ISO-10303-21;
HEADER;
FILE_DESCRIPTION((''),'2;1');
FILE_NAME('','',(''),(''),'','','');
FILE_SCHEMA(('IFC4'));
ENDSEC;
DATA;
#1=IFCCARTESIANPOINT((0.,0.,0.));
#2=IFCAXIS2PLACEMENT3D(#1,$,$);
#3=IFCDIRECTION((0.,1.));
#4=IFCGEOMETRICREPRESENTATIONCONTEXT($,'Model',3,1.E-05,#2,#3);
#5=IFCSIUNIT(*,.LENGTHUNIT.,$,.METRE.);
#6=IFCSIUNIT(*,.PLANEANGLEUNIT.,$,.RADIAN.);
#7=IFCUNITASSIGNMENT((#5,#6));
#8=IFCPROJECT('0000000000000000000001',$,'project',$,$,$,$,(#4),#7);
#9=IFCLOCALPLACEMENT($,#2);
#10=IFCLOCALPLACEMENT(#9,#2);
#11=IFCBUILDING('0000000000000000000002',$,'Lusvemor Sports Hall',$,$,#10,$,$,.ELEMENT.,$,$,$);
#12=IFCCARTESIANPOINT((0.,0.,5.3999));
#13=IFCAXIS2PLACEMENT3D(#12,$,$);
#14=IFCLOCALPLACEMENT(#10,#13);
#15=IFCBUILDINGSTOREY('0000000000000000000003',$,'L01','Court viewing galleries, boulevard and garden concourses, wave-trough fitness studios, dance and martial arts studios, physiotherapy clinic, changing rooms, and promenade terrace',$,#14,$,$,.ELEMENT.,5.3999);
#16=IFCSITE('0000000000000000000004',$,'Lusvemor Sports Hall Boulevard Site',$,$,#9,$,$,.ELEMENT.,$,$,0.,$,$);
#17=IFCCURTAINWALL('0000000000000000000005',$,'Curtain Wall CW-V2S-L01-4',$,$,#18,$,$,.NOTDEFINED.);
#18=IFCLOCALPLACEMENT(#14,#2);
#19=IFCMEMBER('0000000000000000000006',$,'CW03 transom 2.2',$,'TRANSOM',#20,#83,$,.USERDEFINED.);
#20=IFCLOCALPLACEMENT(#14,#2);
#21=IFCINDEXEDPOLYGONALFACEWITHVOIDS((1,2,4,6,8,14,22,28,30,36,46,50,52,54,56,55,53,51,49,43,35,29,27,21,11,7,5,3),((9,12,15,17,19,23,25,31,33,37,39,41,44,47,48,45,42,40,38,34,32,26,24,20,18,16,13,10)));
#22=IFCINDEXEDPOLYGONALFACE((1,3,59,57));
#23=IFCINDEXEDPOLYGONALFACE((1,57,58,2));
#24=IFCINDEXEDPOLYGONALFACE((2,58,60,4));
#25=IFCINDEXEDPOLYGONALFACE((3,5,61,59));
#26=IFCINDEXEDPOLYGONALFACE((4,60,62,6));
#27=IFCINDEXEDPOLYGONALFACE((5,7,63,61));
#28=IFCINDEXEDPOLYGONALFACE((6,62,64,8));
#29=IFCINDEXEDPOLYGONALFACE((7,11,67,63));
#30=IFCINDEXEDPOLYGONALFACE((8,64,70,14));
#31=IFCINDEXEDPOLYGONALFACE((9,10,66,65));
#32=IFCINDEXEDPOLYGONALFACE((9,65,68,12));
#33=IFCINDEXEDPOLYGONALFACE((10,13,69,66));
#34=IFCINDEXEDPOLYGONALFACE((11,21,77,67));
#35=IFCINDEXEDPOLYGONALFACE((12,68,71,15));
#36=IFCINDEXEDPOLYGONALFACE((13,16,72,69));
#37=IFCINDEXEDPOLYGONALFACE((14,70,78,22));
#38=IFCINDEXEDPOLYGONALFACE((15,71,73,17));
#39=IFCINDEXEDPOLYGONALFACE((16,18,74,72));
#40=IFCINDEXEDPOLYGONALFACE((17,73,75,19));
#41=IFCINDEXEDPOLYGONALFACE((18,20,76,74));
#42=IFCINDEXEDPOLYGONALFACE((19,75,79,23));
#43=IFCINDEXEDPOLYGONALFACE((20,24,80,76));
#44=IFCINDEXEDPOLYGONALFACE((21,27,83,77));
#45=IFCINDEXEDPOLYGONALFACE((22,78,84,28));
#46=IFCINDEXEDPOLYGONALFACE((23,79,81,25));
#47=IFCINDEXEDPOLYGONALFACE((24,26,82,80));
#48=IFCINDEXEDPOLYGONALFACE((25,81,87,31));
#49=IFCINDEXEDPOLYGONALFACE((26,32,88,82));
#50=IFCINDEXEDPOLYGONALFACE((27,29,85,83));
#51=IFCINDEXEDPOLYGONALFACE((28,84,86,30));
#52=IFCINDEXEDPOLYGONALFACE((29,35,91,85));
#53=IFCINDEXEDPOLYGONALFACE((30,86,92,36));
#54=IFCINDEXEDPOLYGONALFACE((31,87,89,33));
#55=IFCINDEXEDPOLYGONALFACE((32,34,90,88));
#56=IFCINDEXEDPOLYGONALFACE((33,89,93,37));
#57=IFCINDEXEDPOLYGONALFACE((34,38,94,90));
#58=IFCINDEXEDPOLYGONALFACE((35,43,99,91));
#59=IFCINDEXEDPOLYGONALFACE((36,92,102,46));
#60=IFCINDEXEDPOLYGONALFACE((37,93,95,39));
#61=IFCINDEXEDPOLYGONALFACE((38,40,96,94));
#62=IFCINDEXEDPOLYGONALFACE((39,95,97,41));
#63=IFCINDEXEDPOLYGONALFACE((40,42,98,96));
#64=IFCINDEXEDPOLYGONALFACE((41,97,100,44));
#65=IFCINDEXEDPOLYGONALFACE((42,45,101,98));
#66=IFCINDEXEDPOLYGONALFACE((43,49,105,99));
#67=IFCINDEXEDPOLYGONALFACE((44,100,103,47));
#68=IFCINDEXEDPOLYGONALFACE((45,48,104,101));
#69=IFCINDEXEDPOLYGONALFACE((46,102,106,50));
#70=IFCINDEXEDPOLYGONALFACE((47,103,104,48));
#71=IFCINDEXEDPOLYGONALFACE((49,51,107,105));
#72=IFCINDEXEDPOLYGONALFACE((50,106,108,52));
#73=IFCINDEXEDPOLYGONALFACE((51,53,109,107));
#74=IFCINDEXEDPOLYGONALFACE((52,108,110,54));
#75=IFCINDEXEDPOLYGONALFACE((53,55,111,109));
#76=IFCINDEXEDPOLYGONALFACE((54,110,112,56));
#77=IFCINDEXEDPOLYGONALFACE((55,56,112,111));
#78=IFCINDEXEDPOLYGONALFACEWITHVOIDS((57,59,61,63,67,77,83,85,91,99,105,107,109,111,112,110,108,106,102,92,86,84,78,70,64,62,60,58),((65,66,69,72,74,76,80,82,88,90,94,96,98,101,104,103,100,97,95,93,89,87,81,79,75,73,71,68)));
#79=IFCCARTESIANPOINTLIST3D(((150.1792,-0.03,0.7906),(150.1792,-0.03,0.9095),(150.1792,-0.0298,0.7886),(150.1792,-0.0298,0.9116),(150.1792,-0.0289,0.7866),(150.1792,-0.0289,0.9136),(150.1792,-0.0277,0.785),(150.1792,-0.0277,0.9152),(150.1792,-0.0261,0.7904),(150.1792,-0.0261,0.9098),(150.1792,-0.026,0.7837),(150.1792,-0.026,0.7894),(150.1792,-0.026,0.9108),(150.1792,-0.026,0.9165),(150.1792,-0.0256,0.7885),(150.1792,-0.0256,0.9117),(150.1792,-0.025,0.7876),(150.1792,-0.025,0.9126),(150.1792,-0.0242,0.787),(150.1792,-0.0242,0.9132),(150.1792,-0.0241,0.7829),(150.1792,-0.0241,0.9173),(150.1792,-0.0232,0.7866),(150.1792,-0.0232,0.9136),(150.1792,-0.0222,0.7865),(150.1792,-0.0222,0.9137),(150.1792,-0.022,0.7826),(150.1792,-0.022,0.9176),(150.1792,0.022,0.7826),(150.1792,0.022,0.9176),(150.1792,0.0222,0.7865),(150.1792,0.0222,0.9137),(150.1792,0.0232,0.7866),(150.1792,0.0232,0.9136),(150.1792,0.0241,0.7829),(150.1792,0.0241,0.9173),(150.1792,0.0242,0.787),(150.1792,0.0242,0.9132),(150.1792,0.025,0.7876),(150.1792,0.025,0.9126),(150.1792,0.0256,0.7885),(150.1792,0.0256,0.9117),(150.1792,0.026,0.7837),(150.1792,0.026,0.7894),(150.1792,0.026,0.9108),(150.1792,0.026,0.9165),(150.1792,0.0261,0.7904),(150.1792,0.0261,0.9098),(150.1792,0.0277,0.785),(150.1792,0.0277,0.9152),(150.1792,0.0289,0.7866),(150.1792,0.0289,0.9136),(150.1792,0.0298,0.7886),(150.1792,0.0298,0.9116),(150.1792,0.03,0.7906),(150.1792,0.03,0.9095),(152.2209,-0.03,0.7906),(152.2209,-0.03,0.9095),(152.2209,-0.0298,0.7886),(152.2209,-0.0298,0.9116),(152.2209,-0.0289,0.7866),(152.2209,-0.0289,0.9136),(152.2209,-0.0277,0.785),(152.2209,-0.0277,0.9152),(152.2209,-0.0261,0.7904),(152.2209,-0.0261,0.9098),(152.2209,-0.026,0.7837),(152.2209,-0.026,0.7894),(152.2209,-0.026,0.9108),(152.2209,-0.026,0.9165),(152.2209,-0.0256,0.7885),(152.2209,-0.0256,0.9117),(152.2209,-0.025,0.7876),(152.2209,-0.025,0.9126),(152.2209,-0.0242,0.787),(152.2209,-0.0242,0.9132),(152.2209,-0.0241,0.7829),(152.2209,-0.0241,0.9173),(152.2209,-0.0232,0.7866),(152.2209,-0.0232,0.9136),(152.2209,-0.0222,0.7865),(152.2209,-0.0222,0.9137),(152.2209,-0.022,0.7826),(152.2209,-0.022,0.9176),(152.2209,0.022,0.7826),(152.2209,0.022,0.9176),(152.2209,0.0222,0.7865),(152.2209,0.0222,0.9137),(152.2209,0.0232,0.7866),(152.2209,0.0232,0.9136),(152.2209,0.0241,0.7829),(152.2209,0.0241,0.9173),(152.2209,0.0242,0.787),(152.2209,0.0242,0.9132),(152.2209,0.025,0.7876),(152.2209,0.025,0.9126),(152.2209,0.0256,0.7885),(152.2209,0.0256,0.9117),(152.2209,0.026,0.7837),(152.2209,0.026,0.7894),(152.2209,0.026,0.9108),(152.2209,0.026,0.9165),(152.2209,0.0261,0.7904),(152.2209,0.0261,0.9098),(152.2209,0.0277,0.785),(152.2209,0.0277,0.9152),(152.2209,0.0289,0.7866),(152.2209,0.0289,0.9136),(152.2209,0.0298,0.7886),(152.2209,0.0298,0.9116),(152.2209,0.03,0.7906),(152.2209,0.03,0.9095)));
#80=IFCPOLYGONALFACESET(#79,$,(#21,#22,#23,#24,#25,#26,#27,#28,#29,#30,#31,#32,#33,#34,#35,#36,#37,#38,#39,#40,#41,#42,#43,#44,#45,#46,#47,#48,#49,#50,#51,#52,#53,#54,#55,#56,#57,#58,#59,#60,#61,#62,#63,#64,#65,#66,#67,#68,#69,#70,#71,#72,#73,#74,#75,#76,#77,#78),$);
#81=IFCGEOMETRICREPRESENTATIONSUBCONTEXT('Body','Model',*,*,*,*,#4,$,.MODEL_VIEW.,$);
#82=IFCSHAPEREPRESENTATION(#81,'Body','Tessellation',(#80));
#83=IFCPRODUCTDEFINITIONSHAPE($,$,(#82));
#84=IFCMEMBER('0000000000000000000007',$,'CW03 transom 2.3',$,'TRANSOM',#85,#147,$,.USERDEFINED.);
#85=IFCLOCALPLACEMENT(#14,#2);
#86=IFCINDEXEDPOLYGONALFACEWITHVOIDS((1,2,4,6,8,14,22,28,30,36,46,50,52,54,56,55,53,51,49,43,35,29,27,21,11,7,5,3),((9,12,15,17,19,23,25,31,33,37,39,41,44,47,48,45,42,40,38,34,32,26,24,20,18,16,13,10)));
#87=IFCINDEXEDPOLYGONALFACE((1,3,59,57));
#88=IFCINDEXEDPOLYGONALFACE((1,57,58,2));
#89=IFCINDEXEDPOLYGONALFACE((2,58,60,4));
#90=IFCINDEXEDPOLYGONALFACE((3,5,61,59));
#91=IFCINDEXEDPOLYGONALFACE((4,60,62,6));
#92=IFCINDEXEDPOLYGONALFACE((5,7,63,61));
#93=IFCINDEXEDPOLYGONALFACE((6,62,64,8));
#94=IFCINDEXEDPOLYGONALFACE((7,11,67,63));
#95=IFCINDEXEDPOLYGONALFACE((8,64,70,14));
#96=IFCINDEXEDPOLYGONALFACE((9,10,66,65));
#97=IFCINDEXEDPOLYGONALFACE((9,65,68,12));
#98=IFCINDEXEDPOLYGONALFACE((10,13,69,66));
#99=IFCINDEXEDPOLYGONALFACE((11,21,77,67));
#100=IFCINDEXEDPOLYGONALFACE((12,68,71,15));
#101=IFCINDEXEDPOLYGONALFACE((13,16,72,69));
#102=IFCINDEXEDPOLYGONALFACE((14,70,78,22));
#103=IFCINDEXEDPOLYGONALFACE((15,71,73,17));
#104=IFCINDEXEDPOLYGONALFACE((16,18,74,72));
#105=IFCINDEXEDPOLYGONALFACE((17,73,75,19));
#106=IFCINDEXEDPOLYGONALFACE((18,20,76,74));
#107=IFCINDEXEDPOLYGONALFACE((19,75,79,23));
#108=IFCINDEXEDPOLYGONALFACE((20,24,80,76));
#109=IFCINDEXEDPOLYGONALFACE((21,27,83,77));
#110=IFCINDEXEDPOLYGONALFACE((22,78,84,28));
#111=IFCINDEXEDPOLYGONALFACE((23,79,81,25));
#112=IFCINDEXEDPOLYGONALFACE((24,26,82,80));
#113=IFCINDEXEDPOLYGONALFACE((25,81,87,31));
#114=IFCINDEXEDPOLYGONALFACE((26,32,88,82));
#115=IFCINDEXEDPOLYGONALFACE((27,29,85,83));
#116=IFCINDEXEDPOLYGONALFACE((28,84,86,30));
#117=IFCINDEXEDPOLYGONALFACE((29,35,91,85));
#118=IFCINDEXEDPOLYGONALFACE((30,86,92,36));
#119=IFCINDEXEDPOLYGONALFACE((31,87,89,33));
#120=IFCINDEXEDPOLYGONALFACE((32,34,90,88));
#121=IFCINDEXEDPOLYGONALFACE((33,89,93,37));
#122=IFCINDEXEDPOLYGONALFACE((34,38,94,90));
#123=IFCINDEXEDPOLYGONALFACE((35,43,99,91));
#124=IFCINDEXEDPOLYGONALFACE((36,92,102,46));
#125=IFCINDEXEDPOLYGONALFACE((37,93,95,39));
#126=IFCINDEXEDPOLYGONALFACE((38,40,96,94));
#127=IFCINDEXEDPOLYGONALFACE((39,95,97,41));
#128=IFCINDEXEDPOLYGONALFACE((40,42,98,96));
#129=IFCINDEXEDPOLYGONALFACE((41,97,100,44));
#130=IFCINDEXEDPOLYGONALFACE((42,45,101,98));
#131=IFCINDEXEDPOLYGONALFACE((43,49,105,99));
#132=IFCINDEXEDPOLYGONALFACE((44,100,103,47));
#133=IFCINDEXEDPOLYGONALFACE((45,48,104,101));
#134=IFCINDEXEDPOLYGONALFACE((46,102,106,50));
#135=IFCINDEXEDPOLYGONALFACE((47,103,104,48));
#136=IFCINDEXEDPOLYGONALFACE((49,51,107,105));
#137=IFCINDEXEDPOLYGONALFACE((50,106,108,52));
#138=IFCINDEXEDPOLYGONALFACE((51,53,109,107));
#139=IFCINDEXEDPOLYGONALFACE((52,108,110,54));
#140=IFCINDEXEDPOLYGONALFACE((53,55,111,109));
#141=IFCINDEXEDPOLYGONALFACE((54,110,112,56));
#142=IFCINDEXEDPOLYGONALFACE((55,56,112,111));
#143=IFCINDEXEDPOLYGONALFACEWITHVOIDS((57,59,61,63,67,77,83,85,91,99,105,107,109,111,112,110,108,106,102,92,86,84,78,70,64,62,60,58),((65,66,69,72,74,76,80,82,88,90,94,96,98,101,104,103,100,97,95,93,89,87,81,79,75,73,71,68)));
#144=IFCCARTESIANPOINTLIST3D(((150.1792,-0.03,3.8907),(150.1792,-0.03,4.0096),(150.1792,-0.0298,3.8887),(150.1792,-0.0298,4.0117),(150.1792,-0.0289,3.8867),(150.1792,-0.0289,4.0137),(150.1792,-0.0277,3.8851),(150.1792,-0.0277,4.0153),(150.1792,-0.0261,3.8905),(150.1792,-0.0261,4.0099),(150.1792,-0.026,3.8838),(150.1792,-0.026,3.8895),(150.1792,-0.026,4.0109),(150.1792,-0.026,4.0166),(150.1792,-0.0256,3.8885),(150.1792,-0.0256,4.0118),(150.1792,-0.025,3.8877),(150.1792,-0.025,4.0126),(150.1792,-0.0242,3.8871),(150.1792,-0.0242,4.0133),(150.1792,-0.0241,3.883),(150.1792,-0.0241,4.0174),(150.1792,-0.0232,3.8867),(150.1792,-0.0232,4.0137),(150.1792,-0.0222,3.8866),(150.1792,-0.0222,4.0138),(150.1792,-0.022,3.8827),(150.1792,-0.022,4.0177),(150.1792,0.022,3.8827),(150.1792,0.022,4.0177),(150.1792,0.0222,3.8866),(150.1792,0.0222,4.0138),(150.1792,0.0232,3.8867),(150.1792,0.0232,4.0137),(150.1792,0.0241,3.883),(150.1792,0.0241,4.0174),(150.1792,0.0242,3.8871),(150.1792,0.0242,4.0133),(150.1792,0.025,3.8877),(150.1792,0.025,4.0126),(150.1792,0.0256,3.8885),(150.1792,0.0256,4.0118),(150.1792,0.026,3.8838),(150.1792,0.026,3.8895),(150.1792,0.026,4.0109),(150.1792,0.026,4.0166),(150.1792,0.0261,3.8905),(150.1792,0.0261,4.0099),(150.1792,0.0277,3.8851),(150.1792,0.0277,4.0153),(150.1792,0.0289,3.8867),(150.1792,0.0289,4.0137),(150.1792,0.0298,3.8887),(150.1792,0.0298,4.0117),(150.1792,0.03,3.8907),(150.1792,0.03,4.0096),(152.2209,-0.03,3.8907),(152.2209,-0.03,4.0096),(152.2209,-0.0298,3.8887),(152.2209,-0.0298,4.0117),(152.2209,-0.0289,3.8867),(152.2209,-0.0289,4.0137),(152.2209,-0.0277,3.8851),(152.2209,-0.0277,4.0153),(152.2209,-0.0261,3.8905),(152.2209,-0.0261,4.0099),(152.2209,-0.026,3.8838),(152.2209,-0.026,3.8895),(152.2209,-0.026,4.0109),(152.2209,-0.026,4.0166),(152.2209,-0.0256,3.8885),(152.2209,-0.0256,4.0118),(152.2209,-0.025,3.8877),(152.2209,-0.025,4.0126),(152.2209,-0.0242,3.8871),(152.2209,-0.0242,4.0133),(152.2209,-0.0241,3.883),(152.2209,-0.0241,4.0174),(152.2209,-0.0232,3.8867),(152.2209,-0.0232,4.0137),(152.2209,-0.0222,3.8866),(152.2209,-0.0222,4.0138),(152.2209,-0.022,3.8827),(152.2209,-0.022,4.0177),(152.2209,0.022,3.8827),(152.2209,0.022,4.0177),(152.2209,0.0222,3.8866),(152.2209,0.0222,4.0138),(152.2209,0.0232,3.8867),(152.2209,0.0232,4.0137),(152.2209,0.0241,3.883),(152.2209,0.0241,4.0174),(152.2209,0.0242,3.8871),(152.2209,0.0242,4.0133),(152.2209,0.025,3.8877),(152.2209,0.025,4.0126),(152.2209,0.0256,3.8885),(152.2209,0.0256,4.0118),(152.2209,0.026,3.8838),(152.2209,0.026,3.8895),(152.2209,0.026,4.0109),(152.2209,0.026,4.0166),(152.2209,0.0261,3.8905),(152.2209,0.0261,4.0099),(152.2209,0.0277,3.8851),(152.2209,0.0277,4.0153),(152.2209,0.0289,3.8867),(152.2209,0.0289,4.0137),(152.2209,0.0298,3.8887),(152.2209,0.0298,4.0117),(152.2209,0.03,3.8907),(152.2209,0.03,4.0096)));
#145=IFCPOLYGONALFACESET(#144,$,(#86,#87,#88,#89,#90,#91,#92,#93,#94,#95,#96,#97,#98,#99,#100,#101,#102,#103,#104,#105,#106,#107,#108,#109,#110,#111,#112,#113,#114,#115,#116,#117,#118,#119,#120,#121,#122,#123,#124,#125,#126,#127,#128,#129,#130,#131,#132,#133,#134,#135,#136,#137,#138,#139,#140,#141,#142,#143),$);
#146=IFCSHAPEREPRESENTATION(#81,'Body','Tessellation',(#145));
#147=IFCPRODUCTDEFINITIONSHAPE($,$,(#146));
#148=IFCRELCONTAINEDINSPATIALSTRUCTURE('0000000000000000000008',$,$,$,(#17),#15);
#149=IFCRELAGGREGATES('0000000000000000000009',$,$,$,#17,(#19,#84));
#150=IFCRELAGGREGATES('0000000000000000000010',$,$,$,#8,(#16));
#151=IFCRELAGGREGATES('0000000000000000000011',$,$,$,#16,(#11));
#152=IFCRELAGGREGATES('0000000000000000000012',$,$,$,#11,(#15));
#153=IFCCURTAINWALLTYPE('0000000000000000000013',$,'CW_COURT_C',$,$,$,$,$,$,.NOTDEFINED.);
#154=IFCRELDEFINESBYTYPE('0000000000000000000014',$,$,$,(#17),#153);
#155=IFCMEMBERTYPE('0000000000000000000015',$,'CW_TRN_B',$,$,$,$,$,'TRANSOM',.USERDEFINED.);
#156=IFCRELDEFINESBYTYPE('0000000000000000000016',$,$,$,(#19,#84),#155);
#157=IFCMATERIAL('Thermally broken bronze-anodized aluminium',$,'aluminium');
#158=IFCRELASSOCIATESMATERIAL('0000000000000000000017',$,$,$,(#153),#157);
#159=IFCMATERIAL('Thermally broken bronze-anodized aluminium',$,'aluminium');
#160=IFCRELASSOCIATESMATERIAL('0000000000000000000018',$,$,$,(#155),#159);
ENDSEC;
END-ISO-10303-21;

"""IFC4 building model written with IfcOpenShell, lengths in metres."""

from ifc_helpers import new_model, si_unit, direction, frame, origin, origin_2d, place, context, subcontext, project, spatial, hollow_rectangle, extrude, material, material_profile, profile_set, type_object, element, aggregate, save


model = new_model("IFC4")

# Units and contexts
model_context = context("Model", 3, precision=1e-05, world=origin(), true_north=direction((0.0, 1.0)))
body_context = subcontext(model_context, "Body", "Model", "MODEL_VIEW")
ifc_project = project(units=[si_unit("LENGTHUNIT", "METRE"), si_unit("PLANEANGLEUNIT", "RADIAN")], contexts=[model_context])

# Site, building, storey
site_placement = place(None, origin())
site = spatial("IfcSite", under=ifc_project, at=site_placement, Name="Lusvemor Sports Hall Boulevard Site", CompositionType="ELEMENT", RefElevation=0.0)
building_placement = place(site_placement, origin())
building = spatial("IfcBuilding", under=site, at=building_placement, Name="Lusvemor Sports Hall", CompositionType="ELEMENT")
storey_placement = place(building_placement, frame((0.0, 0.0, 5.3999)))
storey = spatial("IfcBuildingStorey", under=building, at=storey_placement, Name="L01", Description="Court viewing galleries, boulevard and garden concourses, wave-trough fitness studios, dance and martial arts studios, physiotherapy clinic, changing rooms, and promenade terrace", CompositionType="ELEMENT", Elevation=5.3999)

# Shared definitions
ifc_material_1 = material(Name="Thermally broken bronze-anodized aluminium", Category="aluminium")
curtain_wall_type = type_object("IfcCurtainWallType", Name="CW_COURT_C", PredefinedType="NOTDEFINED", material=ifc_material_1)

# Curtain wall
curtain_wall_1_placement = place(storey_placement, origin())
curtain_wall_1 = element("IfcCurtainWall", 1, at=curtain_wall_1_placement, inside=storey, type_object=curtain_wall_type, Name="Curtain Wall CW-V2S-L01-4", PredefinedType="NOTDEFINED")

# Members
ifc_material_2 = material(Name="Thermally broken bronze-anodized aluminium", Category="aluminium")
ifc_material_profile_1 = material_profile(ifc_material_2, hollow_rectangle(XDim=0.0601, YDim=0.135, WallThickness=0.0039, InnerFilletRadius=0.0039, OuterFilletRadius=0.0081, at=origin_2d()), Name="CWTRN135x60x4")
ifc_profile_set_1 = profile_set([ifc_material_profile_1], Name="Thermally broken bronze-anodized aluminium")
member_type_1 = type_object("IfcMemberType", Name="CW_TRN_B", ElementType="TRANSOM", PredefinedType="USERDEFINED", material=ifc_profile_set_1)
member_1_placement = place(storey_placement, frame((152.2209, 0.0, 0.8501), z_axis=(-1.0, 0.0, 0.0), x_axis=(0.0, -1.0, 0.0)))
member_1 = element("IfcMember", 2, at=member_1_placement, type_object=member_type_1, Name="CW03 transom 2.2", ObjectType="TRANSOM", PredefinedType="USERDEFINED", context=body_context, shape_type="SweptSolid", body=[
    extrude(hollow_rectangle(XDim=0.0601, YDim=0.135, WallThickness=0.0039, InnerFilletRadius=0.0039, OuterFilletRadius=0.0081, at=origin_2d()), origin(), (0.0, 0.0, 1.0), 2.0417),
])
member_2_placement = place(storey_placement, frame((152.2209, 0.0, 3.9502), z_axis=(-1.0, 0.0, 0.0), x_axis=(0.0, -1.0, 0.0)))
member_2 = element("IfcMember", 3, at=member_2_placement, type_object=member_type_1, Name="CW03 transom 2.3", ObjectType="TRANSOM", PredefinedType="USERDEFINED", context=body_context, shape_type="SweptSolid", body=[
    extrude(hollow_rectangle(XDim=0.0601, YDim=0.135, WallThickness=0.0039, InnerFilletRadius=0.0039, OuterFilletRadius=0.0081, at=origin_2d()), origin(), (0.0, 0.0, 1.0), 2.0417),
])

aggregate(curtain_wall_1, [member_1, member_2])

save(model, "model.ifc")
